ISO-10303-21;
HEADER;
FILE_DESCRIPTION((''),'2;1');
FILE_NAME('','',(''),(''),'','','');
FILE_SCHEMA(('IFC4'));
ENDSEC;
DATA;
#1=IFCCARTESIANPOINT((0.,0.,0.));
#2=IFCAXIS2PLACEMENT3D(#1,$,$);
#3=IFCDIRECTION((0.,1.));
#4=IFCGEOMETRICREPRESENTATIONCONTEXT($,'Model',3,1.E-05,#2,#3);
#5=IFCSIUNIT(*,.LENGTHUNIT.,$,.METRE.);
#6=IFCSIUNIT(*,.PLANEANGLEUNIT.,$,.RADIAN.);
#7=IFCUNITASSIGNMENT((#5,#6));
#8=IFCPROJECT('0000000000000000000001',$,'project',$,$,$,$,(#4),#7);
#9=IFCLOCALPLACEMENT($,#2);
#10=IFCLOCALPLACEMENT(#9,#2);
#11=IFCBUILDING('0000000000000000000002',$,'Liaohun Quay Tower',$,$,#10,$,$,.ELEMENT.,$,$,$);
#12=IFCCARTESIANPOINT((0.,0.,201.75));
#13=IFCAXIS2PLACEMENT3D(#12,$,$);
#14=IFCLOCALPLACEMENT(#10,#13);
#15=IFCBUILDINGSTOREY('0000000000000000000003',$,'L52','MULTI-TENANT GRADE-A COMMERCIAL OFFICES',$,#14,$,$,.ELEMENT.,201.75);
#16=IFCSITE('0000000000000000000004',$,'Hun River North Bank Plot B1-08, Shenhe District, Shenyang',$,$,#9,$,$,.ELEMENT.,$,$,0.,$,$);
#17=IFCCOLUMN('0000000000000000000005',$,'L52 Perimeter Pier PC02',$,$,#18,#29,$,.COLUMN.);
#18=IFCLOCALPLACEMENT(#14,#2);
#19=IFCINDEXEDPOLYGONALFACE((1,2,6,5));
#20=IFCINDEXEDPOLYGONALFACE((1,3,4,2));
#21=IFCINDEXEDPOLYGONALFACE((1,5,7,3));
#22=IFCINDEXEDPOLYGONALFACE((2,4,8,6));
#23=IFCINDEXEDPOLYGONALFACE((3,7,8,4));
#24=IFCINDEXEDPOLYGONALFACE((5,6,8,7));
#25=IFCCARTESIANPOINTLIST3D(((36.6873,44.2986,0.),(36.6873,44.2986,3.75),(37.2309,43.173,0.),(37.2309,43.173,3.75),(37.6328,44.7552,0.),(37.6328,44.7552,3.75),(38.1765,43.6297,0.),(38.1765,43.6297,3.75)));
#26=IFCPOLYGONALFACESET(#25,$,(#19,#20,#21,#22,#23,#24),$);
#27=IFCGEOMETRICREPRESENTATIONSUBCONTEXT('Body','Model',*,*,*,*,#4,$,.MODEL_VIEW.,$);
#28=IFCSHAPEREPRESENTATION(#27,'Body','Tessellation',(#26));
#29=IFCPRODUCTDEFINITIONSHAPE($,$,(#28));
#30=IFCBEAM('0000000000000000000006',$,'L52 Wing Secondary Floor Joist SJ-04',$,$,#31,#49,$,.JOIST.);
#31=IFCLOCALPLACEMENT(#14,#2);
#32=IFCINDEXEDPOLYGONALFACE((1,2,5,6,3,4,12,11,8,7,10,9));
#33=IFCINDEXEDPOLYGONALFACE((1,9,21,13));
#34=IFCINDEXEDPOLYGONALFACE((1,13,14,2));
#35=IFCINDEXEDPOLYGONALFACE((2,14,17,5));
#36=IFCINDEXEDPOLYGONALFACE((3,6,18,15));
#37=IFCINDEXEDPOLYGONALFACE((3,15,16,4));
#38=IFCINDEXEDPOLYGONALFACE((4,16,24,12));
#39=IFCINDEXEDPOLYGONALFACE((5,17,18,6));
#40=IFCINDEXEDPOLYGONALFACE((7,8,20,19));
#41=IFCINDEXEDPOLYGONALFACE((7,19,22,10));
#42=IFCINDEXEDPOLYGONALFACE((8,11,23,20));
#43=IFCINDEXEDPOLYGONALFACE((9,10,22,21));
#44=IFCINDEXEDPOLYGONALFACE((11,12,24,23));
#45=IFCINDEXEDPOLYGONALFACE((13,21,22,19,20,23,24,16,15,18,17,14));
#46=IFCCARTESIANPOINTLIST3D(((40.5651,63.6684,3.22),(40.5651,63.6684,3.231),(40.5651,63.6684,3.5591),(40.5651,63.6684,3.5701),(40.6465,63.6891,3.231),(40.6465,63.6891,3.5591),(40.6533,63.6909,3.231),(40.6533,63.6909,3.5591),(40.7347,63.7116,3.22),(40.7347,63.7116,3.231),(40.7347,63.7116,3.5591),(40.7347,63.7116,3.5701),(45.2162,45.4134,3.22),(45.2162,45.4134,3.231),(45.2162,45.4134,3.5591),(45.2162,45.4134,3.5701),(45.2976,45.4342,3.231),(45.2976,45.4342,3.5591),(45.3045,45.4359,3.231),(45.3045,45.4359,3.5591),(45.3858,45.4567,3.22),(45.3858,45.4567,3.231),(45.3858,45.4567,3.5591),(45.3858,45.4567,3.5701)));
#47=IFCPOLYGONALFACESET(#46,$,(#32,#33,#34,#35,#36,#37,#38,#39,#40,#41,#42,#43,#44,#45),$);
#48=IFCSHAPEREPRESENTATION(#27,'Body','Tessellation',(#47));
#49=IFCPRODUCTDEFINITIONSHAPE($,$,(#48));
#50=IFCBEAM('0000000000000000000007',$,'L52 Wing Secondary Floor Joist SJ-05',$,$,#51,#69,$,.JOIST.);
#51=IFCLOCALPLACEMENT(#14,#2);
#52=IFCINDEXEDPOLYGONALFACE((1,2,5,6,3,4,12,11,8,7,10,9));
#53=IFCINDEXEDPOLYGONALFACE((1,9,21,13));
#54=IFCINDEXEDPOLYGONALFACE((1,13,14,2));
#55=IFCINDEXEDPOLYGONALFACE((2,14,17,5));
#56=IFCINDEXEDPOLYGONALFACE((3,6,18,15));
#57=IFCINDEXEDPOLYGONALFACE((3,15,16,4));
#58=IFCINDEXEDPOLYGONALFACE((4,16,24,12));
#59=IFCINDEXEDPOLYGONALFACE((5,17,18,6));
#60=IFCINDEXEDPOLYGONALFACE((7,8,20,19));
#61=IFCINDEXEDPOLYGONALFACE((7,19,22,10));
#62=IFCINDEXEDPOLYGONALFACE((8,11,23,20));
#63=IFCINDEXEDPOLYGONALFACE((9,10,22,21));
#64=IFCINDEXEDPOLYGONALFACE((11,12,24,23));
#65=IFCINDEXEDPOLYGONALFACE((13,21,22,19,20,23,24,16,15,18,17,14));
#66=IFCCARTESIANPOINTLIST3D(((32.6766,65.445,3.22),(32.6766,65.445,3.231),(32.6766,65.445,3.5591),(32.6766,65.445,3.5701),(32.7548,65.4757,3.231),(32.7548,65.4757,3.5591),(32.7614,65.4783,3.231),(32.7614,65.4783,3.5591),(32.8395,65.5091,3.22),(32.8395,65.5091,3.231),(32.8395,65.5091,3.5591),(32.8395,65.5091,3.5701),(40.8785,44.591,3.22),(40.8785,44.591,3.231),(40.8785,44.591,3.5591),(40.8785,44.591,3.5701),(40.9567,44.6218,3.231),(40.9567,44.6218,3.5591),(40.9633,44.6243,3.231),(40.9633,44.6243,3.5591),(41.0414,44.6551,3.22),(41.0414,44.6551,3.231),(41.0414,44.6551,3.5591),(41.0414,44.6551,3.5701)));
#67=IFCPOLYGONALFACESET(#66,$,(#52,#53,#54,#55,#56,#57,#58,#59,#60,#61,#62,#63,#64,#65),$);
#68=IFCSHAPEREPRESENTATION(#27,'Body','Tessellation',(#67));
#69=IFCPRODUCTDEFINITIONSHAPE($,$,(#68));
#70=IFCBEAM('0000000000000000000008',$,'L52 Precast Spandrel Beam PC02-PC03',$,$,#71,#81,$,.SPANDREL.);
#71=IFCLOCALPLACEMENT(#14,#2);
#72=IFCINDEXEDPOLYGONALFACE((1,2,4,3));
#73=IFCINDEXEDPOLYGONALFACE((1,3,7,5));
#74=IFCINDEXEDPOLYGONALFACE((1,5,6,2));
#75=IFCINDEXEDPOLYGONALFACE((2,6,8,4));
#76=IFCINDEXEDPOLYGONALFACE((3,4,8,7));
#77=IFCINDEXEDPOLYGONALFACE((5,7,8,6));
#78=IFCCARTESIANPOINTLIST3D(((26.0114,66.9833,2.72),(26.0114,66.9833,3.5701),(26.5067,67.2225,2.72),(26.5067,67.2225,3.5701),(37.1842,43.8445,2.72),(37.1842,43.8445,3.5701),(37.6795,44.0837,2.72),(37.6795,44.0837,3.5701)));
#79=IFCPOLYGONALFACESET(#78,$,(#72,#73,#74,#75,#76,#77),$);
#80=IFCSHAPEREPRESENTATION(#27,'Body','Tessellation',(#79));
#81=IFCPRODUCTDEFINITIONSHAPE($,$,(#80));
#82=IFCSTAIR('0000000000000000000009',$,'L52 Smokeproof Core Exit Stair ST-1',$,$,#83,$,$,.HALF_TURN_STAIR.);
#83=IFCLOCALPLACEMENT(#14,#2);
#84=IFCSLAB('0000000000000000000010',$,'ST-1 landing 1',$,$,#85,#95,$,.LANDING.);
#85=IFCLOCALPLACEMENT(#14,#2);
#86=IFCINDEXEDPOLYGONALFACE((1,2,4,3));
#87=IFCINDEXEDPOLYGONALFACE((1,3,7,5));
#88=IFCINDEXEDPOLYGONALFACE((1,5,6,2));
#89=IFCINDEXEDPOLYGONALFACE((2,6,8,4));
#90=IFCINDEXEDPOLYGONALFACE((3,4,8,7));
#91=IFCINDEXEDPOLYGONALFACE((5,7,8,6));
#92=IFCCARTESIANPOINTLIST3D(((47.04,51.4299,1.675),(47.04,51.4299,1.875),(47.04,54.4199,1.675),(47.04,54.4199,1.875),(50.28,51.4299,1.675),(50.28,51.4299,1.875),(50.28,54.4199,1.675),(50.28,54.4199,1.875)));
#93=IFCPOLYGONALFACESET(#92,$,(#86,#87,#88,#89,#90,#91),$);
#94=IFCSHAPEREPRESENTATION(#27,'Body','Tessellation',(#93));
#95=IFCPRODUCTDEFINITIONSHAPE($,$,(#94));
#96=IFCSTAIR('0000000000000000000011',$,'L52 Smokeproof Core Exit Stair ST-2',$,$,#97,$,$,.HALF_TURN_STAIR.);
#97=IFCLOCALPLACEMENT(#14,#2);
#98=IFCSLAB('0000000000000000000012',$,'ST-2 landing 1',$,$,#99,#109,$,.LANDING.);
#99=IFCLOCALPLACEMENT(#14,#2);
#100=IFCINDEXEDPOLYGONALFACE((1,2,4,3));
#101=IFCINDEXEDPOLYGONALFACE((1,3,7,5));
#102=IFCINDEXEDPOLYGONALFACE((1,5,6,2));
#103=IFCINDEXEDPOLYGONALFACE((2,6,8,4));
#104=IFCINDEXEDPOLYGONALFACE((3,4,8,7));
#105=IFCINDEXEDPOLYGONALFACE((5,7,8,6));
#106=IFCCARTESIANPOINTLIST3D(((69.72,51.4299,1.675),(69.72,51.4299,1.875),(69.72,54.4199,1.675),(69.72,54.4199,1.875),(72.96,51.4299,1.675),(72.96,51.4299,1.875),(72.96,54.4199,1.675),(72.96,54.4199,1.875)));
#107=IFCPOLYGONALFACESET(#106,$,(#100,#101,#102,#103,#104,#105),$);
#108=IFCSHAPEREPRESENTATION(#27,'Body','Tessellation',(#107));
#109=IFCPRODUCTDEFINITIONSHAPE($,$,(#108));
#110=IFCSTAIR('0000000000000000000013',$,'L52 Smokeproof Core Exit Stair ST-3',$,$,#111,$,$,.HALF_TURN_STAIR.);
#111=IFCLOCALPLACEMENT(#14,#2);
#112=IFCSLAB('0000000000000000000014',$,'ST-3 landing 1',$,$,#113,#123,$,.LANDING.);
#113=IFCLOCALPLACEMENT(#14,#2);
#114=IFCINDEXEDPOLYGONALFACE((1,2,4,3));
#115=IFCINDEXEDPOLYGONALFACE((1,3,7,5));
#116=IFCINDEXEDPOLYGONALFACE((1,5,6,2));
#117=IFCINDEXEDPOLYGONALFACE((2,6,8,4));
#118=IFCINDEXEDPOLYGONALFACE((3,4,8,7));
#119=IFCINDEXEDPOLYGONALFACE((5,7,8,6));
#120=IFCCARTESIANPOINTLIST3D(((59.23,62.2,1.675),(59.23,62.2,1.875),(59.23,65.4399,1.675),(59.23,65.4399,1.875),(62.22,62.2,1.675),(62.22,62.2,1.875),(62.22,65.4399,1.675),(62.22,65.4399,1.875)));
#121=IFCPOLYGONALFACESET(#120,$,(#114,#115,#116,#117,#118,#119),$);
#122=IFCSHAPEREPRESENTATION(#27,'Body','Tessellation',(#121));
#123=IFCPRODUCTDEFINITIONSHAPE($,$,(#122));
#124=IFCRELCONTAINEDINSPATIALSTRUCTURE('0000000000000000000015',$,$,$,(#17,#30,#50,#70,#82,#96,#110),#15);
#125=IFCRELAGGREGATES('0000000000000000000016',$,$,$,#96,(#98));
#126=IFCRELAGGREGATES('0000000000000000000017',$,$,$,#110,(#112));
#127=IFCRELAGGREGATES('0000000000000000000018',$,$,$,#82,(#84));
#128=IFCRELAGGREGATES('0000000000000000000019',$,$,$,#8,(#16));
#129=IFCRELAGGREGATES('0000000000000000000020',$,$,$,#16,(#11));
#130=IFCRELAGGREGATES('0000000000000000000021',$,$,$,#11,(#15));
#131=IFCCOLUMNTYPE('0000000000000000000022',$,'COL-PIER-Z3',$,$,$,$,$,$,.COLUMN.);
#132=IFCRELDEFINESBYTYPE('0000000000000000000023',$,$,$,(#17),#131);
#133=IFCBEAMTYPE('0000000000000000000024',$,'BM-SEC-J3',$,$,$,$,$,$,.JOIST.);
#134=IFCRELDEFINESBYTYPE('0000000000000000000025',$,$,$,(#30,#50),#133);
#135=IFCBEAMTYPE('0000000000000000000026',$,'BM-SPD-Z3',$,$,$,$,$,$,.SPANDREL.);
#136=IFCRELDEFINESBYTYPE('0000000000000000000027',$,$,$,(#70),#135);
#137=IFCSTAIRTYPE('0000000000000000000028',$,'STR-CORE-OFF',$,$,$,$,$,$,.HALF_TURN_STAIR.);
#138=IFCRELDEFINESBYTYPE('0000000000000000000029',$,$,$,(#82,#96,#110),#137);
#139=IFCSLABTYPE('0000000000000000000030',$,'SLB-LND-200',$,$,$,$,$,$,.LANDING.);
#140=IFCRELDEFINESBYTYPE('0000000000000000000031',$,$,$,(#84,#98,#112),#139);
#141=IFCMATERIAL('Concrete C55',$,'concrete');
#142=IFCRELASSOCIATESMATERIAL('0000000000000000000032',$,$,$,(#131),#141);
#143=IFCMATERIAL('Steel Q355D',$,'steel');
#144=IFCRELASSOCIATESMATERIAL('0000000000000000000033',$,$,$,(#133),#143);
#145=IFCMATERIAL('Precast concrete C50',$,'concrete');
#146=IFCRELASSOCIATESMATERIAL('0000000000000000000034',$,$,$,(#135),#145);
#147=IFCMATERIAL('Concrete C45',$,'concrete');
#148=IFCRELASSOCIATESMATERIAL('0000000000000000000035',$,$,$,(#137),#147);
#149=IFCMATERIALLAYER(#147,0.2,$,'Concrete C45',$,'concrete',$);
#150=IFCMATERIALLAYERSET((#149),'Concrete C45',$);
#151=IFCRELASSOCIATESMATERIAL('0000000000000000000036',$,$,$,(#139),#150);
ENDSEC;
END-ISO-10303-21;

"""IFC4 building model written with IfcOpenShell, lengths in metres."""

from ifc_helpers import new_model, si_unit, direction, frame, origin, origin_2d, place, context, subcontext, project, spatial, polyline, rectangle, i_section, outline, extrude, source, transform, mapped, material, layer, layer_set, material_profile, profile_set, type_object, element, aggregate, save


model = new_model("IFC4")

# Units and contexts
model_context = context("Model", 3, precision=1e-05, world=origin(), true_north=direction((0.0, 1.0)))
body_context = subcontext(model_context, "Body", "Model", "MODEL_VIEW")
ifc_project = project(units=[si_unit("LENGTHUNIT", "METRE"), si_unit("PLANEANGLEUNIT", "RADIAN")], contexts=[model_context])

# Site, building, storey
site_placement = place(None, origin())
site = spatial("IfcSite", under=ifc_project, at=site_placement, Name="Hun River North Bank Plot B1-08, Shenhe District, Shenyang", CompositionType="ELEMENT", RefElevation=0.0)
building_placement = place(site_placement, origin())
building = spatial("IfcBuilding", under=site, at=building_placement, Name="Liaohun Quay Tower", CompositionType="ELEMENT")
storey_placement = place(building_placement, frame((0.0, 0.0, 201.75)))
storey = spatial("IfcBuildingStorey", under=building, at=storey_placement, Name="L52", Description="MULTI-TENANT GRADE-A COMMERCIAL OFFICES", CompositionType="ELEMENT", Elevation=201.75)

# Column
ifc_material_1 = material(Name="Concrete C55", Category="concrete")
ifc_material_profile_1 = material_profile(ifc_material_1, rectangle(XDim=1.25, YDim=1.05, at=origin_2d()), Name="RC1250x1050")
ifc_profile_set_1 = profile_set([ifc_material_profile_1], Name="Concrete C55")
column_type = type_object("IfcColumnType", Name="COL-PIER-Z3", PredefinedType="COLUMN", material=ifc_profile_set_1)
shared_shape_1 = source(origin(), body_context, "Body", "SweptSolid", [
    extrude(rectangle(XDim=1.25, YDim=1.05, at=origin_2d()), origin(), (0.0, 0.0, 1.0), 3.75),
])
column_placement = place(storey_placement, frame((37.4319, 43.9641, 0.0), z_axis=(0.0, 0.0, 1.0), x_axis=(-0.434917, 0.900471, 0.0)))
element("IfcColumn", 1, at=column_placement, inside=storey, type_object=column_type, Name="L52 Perimeter Pier PC02", PredefinedType="COLUMN", context=body_context, shape_type="MappedRepresentation", body=[
    mapped(shared_shape_1, transform((0.0, 0.0, 0.0), x_axis=(1.0, 0.0, 0.0), y_axis=(0.0, 1.0, 0.0), z_axis=(0.0, 0.0, 1.0), scale=1.0)),
])

# Beams
ifc_material_2 = material(Name="Steel Q355D", Category="steel")
ifc_material_profile_2 = material_profile(ifc_material_2, i_section(OverallWidth=0.175, OverallDepth=0.3501, WebThickness=0.0071, FlangeThickness=0.011, at=origin_2d()), Name="HN350x175x7x11")
ifc_profile_set_2 = profile_set([ifc_material_profile_2], Name="Steel Q355D")
beam_type_1 = type_object("IfcBeamType", Name="BM-SEC-J3", PredefinedType="JOIST", material=ifc_profile_set_2)
shared_shape_2 = source(origin(), body_context, "Body", "SweptSolid", [
    extrude(i_section(OverallWidth=0.175, OverallDepth=0.3501, WebThickness=0.0071, FlangeThickness=0.011, at=origin_2d()), origin(), (0.0, 0.0, 1.0), 18.8381),
])
beam_1_placement = place(storey_placement, frame((45.301, 45.4351, 3.395), z_axis=(-0.2469, 0.969041, 0.0), x_axis=(-0.969041, -0.2469, 0.0)))
element("IfcBeam", 2, at=beam_1_placement, inside=storey, type_object=beam_type_1, Name="L52 Wing Secondary Floor Joist SJ-04", PredefinedType="JOIST", context=body_context, shape_type="MappedRepresentation", body=[
    mapped(shared_shape_2, transform((0.0, 0.0, 0.0), x_axis=(1.0, 0.0, 0.0), y_axis=(0.0, 1.0, 0.0), z_axis=(0.0, 0.0, 1.0), scale=1.0)),
])
shared_shape_3 = source(origin(), body_context, "Body", "SweptSolid", [
    extrude(i_section(OverallWidth=0.175, OverallDepth=0.3501, WebThickness=0.0071, FlangeThickness=0.011, at=origin_2d()), origin(), (0.0, 0.0, 1.0), 22.4089),
])
beam_2_placement = place(storey_placement, frame((40.96, 44.623, 3.395), z_axis=(-0.36601, 0.930611, 0.0), x_axis=(-0.930611, -0.36601, 0.0)))
element("IfcBeam", 3, at=beam_2_placement, inside=storey, type_object=beam_type_1, Name="L52 Wing Secondary Floor Joist SJ-05", PredefinedType="JOIST", context=body_context, shape_type="MappedRepresentation", body=[
    mapped(shared_shape_3, transform((0.0, 0.0, 0.0), x_axis=(1.0, 0.0, 0.0), y_axis=(0.0, 1.0, 0.0), z_axis=(0.0, 0.0, 1.0), scale=1.0)),
])
ifc_material_3 = material(Name="Precast concrete C50", Category="concrete")
ifc_material_profile_3 = material_profile(ifc_material_3, rectangle(XDim=0.55, YDim=0.8501, at=origin_2d()), Name="RC550x850")
ifc_profile_set_3 = profile_set([ifc_material_profile_3], Name="Precast concrete C50")
beam_type_2 = type_object("IfcBeamType", Name="BM-SPD-Z3", PredefinedType="SPANDREL", material=ifc_profile_set_3)
shared_shape_4 = source(origin(), body_context, "Body", "SweptSolid", [
    extrude(rectangle(XDim=0.55, YDim=0.8501, at=origin_2d()), origin(), (0.0, 0.0, 1.0), 25.6951),
])
beam_3_placement = place(storey_placement, frame((37.4319, 43.9641, 3.145), z_axis=(-0.434823, 0.900516, 0.0), x_axis=(-0.900516, -0.434823, 0.0)))
element("IfcBeam", 4, at=beam_3_placement, inside=storey, type_object=beam_type_2, Name="L52 Precast Spandrel Beam PC02-PC03", PredefinedType="SPANDREL", context=body_context, shape_type="MappedRepresentation", body=[
    mapped(shared_shape_4, transform((0.0, 0.0, 0.0), x_axis=(1.0, 0.0, 0.0), y_axis=(0.0, 1.0, 0.0), z_axis=(0.0, 0.0, 1.0), scale=1.0)),
])

# Stairs, slabs
ifc_material_4 = material(Name="Concrete C45", Category="concrete")
stair_type = type_object("IfcStairType", Name="STR-CORE-OFF", PredefinedType="HALF_TURN_STAIR", material=ifc_material_4)
stair_1_placement = place(storey_placement, origin())
stair_1 = element("IfcStair", 5, at=stair_1_placement, inside=storey, type_object=stair_type, Name="L52 Smokeproof Core Exit Stair ST-1", PredefinedType="HALF_TURN_STAIR")
ifc_layer_1 = layer(ifc_material_4, 0.2, Name="Concrete C45", Category="concrete")
ifc_layer_set_1 = layer_set([ifc_layer_1], Name="Concrete C45")
slab_type_1 = type_object("IfcSlabType", Name="SLB-LND-200", PredefinedType="LANDING", material=ifc_layer_set_1)
slab_1_placement = place(storey_placement, frame((0.0, 0.0, 1.675)))
slab_1 = element("IfcSlab", 6, at=slab_1_placement, type_object=slab_type_1, Name="ST-1 landing 1", PredefinedType="LANDING", context=body_context, shape_type="SweptSolid", body=[
    extrude(outline(polyline([(50.28, 51.4299), (50.28, 54.4199), (47.04, 54.4199), (47.04, 51.4299), (50.28, 51.4299)])), origin(), (0.0, 0.0, 1.0), 0.2),
])
stair_2_placement = place(storey_placement, origin())
stair_2 = element("IfcStair", 7, at=stair_2_placement, inside=storey, type_object=stair_type, Name="L52 Smokeproof Core Exit Stair ST-2", PredefinedType="HALF_TURN_STAIR")
slab_2_placement = place(storey_placement, frame((0.0, 0.0, 1.675)))
slab_2 = element("IfcSlab", 8, at=slab_2_placement, type_object=slab_type_1, Name="ST-2 landing 1", PredefinedType="LANDING", context=body_context, shape_type="SweptSolid", body=[
    extrude(outline(polyline([(72.96, 51.4299), (72.96, 54.4199), (69.72, 54.4199), (69.72, 51.4299), (72.96, 51.4299)])), origin(), (0.0, 0.0, 1.0), 0.2),
])
aggregate(stair_2, [slab_2])
stair_3_placement = place(storey_placement, origin())
stair_3 = element("IfcStair", 9, at=stair_3_placement, inside=storey, type_object=stair_type, Name="L52 Smokeproof Core Exit Stair ST-3", PredefinedType="HALF_TURN_STAIR")
slab_3_placement = place(storey_placement, frame((0.0, 0.0, 1.675)))
slab_3 = element("IfcSlab", 10, at=slab_3_placement, type_object=slab_type_1, Name="ST-3 landing 1", PredefinedType="LANDING", context=body_context, shape_type="SweptSolid", body=[
    extrude(outline(polyline([(59.23, 62.2), (62.22, 62.2), (62.22, 65.4399), (59.23, 65.4399), (59.23, 62.2)])), origin(), (0.0, 0.0, 1.0), 0.2),
])
aggregate(stair_3, [slab_3])

aggregate(stair_1, [slab_1])

save(model, "model.ifc")
